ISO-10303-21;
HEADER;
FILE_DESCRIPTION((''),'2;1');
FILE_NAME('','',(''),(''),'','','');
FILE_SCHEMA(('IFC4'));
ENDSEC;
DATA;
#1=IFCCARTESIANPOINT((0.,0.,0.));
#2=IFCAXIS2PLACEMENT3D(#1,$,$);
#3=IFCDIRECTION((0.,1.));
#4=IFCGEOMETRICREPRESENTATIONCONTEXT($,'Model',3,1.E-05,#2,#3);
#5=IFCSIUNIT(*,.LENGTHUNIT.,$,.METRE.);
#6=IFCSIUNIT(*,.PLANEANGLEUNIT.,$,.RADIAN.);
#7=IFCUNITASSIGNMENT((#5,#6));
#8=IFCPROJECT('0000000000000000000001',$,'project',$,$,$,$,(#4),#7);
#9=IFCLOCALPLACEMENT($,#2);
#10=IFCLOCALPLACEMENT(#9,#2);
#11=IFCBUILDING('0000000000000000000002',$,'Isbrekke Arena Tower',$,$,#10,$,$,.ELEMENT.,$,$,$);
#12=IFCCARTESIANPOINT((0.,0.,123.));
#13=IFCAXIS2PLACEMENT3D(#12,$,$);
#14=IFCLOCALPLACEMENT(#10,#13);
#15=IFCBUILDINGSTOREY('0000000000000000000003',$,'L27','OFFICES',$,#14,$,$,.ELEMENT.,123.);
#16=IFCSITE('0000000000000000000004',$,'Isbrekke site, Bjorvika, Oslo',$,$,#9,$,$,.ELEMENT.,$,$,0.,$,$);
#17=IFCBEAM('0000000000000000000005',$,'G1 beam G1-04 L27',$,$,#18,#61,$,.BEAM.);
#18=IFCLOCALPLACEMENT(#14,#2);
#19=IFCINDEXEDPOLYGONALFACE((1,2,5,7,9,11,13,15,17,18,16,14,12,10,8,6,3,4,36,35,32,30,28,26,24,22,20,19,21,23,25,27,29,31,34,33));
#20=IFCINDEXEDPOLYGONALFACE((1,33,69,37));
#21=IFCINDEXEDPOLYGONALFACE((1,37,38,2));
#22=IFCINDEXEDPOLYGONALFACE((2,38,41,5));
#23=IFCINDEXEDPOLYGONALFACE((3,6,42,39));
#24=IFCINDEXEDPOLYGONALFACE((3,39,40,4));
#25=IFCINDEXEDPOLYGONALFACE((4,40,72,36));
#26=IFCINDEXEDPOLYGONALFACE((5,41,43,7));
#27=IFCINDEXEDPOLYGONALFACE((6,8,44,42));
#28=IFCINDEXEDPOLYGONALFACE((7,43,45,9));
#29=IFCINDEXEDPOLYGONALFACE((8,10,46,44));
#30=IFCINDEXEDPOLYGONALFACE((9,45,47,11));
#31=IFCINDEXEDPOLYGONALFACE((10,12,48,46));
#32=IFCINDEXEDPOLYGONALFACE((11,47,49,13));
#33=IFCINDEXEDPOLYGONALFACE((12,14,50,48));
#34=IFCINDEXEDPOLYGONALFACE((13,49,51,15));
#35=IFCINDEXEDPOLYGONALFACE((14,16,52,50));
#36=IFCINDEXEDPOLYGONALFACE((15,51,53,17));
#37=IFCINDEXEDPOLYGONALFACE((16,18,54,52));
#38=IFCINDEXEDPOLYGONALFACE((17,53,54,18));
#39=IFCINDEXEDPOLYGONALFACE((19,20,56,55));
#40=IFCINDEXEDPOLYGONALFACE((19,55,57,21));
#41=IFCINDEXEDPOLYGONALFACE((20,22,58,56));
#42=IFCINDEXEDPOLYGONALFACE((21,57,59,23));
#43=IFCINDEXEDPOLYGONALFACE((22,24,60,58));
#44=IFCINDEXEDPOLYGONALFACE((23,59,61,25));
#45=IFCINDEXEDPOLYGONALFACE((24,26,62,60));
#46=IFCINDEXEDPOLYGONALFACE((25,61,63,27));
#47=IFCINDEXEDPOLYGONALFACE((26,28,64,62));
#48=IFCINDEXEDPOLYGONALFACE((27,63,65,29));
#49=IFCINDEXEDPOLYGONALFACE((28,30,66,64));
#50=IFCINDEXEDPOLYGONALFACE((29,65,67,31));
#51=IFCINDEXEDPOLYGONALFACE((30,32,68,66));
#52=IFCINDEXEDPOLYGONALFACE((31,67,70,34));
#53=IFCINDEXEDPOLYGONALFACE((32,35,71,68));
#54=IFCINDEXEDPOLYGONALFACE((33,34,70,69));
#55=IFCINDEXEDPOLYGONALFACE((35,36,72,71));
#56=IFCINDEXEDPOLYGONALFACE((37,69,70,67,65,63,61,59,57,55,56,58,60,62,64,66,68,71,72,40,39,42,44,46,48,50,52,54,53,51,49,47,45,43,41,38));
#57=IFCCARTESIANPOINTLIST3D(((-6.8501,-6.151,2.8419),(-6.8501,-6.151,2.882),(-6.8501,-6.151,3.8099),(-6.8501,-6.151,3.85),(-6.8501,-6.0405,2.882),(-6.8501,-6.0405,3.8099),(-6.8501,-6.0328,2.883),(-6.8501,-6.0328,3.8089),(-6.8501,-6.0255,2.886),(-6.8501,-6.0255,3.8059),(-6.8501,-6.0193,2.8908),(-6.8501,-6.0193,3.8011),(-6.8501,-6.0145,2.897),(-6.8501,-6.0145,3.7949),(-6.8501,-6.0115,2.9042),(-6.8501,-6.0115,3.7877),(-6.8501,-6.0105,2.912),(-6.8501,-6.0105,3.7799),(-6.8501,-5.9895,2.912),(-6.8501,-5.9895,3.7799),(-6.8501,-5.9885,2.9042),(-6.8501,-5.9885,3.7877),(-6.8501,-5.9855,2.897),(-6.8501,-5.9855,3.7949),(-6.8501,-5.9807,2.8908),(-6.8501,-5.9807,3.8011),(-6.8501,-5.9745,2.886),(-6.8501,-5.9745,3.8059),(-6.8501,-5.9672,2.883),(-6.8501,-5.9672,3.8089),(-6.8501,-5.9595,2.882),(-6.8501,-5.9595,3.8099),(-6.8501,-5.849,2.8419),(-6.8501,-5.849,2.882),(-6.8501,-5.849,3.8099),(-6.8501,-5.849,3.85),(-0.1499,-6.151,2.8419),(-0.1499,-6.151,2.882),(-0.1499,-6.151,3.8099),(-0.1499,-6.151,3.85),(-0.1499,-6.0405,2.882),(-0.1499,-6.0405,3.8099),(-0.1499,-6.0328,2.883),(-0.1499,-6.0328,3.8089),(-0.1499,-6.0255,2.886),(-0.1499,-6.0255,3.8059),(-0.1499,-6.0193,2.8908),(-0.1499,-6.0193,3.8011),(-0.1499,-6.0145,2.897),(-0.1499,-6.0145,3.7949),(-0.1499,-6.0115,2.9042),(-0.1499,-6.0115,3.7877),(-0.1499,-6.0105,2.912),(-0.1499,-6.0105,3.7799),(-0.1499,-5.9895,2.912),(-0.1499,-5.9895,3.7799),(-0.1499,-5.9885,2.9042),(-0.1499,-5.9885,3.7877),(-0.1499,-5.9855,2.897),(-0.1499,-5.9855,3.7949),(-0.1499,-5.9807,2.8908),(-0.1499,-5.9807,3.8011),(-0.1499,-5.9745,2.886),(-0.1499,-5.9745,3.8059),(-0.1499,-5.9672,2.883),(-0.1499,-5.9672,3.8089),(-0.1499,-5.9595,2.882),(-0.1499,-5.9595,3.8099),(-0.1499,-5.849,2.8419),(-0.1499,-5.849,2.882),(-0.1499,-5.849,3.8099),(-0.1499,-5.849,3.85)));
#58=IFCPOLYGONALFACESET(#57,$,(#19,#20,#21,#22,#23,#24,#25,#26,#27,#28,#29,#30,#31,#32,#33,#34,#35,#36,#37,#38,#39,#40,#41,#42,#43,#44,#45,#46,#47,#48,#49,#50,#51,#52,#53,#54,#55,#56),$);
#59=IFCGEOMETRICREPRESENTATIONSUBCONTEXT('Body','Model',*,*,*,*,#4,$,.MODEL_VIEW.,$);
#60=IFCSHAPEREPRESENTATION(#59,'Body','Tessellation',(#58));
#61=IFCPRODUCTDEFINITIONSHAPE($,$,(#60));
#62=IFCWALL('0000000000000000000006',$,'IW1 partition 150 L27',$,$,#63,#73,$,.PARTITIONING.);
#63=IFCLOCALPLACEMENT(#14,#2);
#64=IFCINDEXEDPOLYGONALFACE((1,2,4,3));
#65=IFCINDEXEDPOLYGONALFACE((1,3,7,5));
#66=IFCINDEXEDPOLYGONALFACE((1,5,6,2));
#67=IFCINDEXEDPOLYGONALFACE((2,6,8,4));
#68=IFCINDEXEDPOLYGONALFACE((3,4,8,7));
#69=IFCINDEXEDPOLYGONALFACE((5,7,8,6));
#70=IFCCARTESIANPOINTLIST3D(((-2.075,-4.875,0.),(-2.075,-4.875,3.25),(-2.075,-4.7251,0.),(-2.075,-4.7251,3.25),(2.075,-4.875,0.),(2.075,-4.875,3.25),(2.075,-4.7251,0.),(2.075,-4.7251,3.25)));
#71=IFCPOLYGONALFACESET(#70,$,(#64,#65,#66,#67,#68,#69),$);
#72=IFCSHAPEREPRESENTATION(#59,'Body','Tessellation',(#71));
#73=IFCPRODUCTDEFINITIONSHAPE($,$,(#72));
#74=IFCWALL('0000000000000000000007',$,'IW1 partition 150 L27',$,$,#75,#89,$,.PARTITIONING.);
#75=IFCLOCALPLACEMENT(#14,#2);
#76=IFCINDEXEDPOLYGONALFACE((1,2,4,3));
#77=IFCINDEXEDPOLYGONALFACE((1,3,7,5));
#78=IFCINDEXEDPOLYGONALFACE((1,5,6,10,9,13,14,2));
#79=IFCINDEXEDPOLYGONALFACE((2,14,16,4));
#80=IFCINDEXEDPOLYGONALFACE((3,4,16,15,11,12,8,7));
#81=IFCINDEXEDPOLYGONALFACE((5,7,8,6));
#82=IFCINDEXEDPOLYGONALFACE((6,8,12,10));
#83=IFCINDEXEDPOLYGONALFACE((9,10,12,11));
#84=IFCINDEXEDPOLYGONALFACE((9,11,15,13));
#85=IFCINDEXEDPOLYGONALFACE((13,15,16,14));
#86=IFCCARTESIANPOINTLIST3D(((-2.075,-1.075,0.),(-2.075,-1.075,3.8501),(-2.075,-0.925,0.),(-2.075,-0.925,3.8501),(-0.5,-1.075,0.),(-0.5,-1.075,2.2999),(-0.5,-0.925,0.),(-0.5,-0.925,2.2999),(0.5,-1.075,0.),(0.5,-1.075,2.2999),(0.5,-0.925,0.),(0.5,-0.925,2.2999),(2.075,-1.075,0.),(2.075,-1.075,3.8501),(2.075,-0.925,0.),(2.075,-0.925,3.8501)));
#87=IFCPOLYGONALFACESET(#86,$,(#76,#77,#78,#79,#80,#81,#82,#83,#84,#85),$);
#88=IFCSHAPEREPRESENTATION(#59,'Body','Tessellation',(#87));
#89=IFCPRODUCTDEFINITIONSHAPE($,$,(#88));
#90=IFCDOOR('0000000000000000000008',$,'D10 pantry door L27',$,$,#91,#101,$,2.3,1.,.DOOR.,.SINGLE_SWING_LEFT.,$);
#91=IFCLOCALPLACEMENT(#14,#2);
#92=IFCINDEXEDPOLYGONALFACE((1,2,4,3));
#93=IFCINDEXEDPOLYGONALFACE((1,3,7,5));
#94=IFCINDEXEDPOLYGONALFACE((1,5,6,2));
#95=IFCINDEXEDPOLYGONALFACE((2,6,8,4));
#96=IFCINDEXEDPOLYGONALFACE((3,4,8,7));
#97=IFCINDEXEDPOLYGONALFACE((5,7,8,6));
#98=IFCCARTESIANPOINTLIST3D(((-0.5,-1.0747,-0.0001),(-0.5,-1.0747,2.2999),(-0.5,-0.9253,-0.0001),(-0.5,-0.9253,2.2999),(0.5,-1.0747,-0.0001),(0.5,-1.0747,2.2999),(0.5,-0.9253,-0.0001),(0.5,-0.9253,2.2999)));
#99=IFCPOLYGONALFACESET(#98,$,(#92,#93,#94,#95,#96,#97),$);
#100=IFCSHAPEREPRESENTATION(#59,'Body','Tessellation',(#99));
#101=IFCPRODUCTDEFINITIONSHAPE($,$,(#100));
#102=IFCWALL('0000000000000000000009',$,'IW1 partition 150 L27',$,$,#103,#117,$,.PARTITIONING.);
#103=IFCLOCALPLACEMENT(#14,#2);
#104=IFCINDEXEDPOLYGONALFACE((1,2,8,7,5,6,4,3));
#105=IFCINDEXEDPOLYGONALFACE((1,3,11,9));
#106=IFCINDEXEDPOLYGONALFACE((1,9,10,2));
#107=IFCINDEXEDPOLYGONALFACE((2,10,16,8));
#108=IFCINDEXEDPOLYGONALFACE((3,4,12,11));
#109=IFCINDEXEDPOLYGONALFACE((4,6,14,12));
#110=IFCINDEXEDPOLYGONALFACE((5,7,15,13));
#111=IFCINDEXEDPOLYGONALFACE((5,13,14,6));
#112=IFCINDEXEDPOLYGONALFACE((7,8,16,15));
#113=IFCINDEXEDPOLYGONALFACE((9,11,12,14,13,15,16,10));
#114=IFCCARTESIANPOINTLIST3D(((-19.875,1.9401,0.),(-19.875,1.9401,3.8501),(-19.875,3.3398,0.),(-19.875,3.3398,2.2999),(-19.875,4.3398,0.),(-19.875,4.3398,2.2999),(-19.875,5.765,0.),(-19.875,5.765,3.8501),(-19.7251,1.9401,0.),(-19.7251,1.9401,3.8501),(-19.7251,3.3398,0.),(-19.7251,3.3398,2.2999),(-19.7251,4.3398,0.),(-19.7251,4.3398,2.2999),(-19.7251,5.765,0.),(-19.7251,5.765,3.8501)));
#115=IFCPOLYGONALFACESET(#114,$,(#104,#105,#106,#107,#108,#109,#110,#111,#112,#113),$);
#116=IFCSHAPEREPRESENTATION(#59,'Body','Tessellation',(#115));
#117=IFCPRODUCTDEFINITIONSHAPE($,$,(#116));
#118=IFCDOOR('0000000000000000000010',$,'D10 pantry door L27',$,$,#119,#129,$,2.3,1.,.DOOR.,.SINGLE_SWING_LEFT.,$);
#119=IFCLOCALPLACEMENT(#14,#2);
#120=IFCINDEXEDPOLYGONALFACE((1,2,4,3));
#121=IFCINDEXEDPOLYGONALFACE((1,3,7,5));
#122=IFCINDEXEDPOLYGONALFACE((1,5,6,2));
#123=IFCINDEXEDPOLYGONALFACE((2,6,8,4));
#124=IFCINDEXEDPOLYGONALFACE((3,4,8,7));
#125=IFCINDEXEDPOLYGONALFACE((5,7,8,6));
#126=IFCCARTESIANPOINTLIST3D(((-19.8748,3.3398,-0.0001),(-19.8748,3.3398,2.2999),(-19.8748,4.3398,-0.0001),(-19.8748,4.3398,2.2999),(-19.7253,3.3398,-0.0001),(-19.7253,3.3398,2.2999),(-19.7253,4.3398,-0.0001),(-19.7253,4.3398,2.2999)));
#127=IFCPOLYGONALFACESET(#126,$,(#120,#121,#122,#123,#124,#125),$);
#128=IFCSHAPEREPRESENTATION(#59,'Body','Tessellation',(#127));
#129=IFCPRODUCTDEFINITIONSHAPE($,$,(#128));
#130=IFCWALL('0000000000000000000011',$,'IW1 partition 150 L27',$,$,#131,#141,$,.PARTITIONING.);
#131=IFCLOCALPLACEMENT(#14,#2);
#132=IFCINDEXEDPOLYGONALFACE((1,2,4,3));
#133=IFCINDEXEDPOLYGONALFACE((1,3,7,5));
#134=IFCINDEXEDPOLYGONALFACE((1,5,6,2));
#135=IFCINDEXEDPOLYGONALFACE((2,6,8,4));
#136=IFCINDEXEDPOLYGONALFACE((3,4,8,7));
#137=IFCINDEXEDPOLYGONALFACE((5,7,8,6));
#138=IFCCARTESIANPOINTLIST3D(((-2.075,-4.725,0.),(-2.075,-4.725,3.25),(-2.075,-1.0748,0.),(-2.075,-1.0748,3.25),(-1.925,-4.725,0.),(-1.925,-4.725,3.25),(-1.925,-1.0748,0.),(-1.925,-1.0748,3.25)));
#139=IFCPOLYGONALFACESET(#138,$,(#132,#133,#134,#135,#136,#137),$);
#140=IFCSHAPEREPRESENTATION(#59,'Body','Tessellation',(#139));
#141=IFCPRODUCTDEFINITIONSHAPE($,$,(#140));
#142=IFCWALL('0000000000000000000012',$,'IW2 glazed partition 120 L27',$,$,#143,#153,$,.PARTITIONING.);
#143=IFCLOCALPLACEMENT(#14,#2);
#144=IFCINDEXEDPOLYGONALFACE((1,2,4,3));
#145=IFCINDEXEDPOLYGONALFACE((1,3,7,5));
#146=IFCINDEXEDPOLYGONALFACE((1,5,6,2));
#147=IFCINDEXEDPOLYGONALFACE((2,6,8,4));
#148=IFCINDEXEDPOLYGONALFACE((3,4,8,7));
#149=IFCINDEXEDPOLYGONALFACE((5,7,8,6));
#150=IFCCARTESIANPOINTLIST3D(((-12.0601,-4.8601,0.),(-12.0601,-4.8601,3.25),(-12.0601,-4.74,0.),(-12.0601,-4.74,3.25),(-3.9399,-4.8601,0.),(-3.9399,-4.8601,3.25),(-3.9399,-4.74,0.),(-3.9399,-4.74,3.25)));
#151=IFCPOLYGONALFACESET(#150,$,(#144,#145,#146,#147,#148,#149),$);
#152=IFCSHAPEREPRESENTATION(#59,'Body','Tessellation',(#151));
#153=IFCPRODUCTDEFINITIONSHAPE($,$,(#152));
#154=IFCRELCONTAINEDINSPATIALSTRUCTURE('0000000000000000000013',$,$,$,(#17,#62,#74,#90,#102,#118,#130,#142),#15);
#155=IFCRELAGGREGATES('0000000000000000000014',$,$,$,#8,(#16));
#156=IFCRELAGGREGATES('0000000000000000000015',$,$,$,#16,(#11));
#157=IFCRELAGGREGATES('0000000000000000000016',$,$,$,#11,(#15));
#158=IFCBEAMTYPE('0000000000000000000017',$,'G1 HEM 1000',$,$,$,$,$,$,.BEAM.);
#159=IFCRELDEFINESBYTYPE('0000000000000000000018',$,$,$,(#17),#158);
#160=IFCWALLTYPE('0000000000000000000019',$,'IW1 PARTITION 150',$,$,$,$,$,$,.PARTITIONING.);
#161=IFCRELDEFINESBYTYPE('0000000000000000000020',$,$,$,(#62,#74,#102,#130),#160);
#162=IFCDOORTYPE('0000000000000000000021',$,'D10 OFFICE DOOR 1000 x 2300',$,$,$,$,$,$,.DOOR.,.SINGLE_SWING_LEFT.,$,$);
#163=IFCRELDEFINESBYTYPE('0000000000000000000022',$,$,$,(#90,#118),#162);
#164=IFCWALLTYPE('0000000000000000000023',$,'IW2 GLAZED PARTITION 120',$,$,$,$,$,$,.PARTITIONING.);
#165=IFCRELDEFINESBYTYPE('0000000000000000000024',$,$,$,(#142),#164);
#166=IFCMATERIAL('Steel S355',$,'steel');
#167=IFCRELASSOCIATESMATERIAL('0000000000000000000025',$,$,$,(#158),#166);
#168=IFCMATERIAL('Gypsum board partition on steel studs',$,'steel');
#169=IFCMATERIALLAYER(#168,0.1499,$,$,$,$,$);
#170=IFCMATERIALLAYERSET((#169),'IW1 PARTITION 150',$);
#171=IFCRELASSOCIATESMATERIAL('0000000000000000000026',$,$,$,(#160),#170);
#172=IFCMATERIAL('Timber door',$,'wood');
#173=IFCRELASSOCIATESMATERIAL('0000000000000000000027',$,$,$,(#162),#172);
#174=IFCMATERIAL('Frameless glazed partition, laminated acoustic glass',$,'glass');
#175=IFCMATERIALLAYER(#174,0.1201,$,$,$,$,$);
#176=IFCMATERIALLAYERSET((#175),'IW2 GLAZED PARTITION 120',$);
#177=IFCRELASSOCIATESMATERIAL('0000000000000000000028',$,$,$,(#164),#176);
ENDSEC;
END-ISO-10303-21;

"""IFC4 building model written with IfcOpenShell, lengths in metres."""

from ifc_helpers import new_model, si_unit, direction, frame, frame_2d, origin, origin_2d, place, context, subcontext, project, spatial, rectangle, i_section, extrude, material, layer, layer_set, material_profile, profile_set, type_object, element, fill, save


model = new_model("IFC4")

# Units and contexts
model_context = context("Model", 3, precision=1e-05, world=origin(), true_north=direction((0.0, 1.0)))
body_context = subcontext(model_context, "Body", "Model", "MODEL_VIEW")
ifc_project = project(units=[si_unit("LENGTHUNIT", "METRE"), si_unit("PLANEANGLEUNIT", "RADIAN")], contexts=[model_context])

# Site, building, storey
site_placement = place(None, origin())
site = spatial("IfcSite", under=ifc_project, at=site_placement, Name="Isbrekke site, Bjorvika, Oslo", CompositionType="ELEMENT", RefElevation=0.0)
building_placement = place(site_placement, origin())
building = spatial("IfcBuilding", under=site, at=building_placement, Name="Isbrekke Arena Tower", CompositionType="ELEMENT")
storey_placement = place(building_placement, frame((0.0, 0.0, 123.0)))
storey = spatial("IfcBuildingStorey", under=building, at=storey_placement, Name="L27", Description="OFFICES", CompositionType="ELEMENT", Elevation=123.0)

# Beam
ifc_material_1 = material(Name="Steel S355", Category="steel")
ifc_material_profile_1 = material_profile(ifc_material_1, i_section(OverallWidth=0.302, OverallDepth=1.0081, WebThickness=0.021, FlangeThickness=0.04, FilletRadius=0.03, at=origin_2d()), Name="HEM 1000")
ifc_profile_set_1 = profile_set([ifc_material_profile_1], Name="Steel S355")
beam_type_1 = type_object("IfcBeamType", Name="G1 HEM 1000", PredefinedType="BEAM", material=ifc_profile_set_1)
for number, where, z_axis, x_axis, name in (
    (1, (-6.8501, -6.0, 3.3459), (1.0, 0.0, 0.0), (0.0, 1.0, 0.0), "G1 beam G1-04 L27"),
):
    element("IfcBeam", number, at=place(storey_placement, frame(where, z_axis=z_axis, x_axis=x_axis)), inside=storey, type_object=beam_type_1, Name=name, PredefinedType="BEAM", context=body_context, shape_type="SweptSolid", body=[
        extrude(i_section(OverallWidth=0.302, OverallDepth=1.0081, WebThickness=0.021, FlangeThickness=0.04, FilletRadius=0.03, at=origin_2d()), origin(), (0.0, 0.0, 1.0), 6.7002),
    ])

# Wall
ifc_material_2 = material(Name="Gypsum board partition on steel studs", Category="steel")
ifc_layer_1 = layer(ifc_material_2, 0.1499)
ifc_layer_set_1 = layer_set([ifc_layer_1], Name="IW1 PARTITION 150")
wall_type_1 = type_object("IfcWallType", Name="IW1 PARTITION 150", PredefinedType="PARTITIONING", material=ifc_layer_set_1)
wall_1_placement = place(storey_placement, frame((-2.075, -4.8, 0.0), z_axis=(0.0, 0.0, 1.0), x_axis=(1.0, 0.0, 0.0)))
element("IfcWall", 2, at=wall_1_placement, inside=storey, type_object=wall_type_1, Name="IW1 partition 150 L27", PredefinedType="PARTITIONING", context=body_context, shape_type="SweptSolid", body=[
    extrude(rectangle(XDim=4.1499, YDim=0.1499, at=frame_2d((2.075, 0.0))), origin(), (0.0, 0.0, 1.0), 3.25),
])

# Walls, openings, doors
wall_2_placement = place(storey_placement, frame((-2.075, -1.0, 0.0), z_axis=(0.0, 0.0, 1.0), x_axis=(1.0, 0.0, 0.0)))
wall_2 = element("IfcWall", 3, at=wall_2_placement, inside=storey, type_object=wall_type_1, Name="IW1 partition 150 L27", PredefinedType="PARTITIONING", context=body_context, shape_type="SweptSolid", body=[
    extrude(rectangle(XDim=4.1499, YDim=0.1499, at=frame_2d((2.075, 0.0))), origin(), (0.0, 0.0, 1.0), 3.8501),
])
opening_1_placement = place(wall_2_placement, frame((1.575, 0.0, 0.0)))
opening_1 = element("IfcOpeningElement", 4, at=opening_1_placement, cuts=wall_2, PredefinedType="OPENING", context=body_context, shape_type="SweptSolid", body=[
    extrude(rectangle(XDim=1.0, YDim=2.3, at=frame_2d((0.5, 1.1499))), frame((0.0, 0.0898, 0.0), z_axis=(0.0, -1.0, 0.0), x_axis=(1.0, 0.0, 0.0)), (0.0, 0.0, 1.0), 0.1797),
])
ifc_material_3 = material(Name="Timber door", Category="wood")
door_type_1 = type_object("IfcDoorType", Name="D10 OFFICE DOOR 1000 x 2300", OperationType="SINGLE_SWING_LEFT", PredefinedType="DOOR", material=ifc_material_3)
door_1_placement = place(opening_1_placement, origin())
door_1 = element("IfcDoor", 5, at=door_1_placement, inside=storey, type_object=door_type_1, Name="D10 pantry door L27", OperationType="SINGLE_SWING_LEFT", OverallHeight=2.3, OverallWidth=1.0, PredefinedType="DOOR", context=body_context, shape_type="SweptSolid", body=[
    extrude(rectangle(XDim=1.0, YDim=2.3, at=frame_2d((0.5, 1.1499))), frame((0.0, 0.0747, 0.0), z_axis=(0.0, -1.0, 0.0), x_axis=(1.0, 0.0, 0.0)), (0.0, 0.0, 1.0), 0.1494),
])
fill(opening_1, door_1)
wall_3_placement = place(storey_placement, frame((-19.8, 1.9399, 0.0), z_axis=(0.0, 0.0, 1.0), x_axis=(0.0, 1.0, 0.0)))
wall_3 = element("IfcWall", 6, at=wall_3_placement, inside=storey, type_object=wall_type_1, Name="IW1 partition 150 L27", PredefinedType="PARTITIONING", context=body_context, shape_type="SweptSolid", body=[
    extrude(rectangle(XDim=3.825, YDim=0.1499, at=frame_2d((1.9126, 0.0))), origin(), (0.0, 0.0, 1.0), 3.8501),
])
opening_2_placement = place(wall_3_placement, frame((1.3999, 0.0, 0.0)))
opening_2 = element("IfcOpeningElement", 7, at=opening_2_placement, cuts=wall_3, PredefinedType="OPENING", context=body_context, shape_type="SweptSolid", body=[
    extrude(rectangle(XDim=1.0, YDim=2.3, at=frame_2d((0.5, 1.1499))), frame((0.0, 0.0898, 0.0), z_axis=(0.0, -1.0, 0.0), x_axis=(1.0, 0.0, 0.0)), (0.0, 0.0, 1.0), 0.1797),
])
door_2_placement = place(opening_2_placement, origin())
door_2 = element("IfcDoor", 8, at=door_2_placement, inside=storey, type_object=door_type_1, Name="D10 pantry door L27", OperationType="SINGLE_SWING_LEFT", OverallHeight=2.3, OverallWidth=1.0, PredefinedType="DOOR", context=body_context, shape_type="SweptSolid", body=[
    extrude(rectangle(XDim=1.0, YDim=2.3, at=frame_2d((0.5, 1.1499))), frame((0.0, 0.0747, 0.0), z_axis=(0.0, -1.0, 0.0), x_axis=(1.0, 0.0, 0.0)), (0.0, 0.0, 1.0), 0.1494),
])
fill(opening_2, door_2)

# Walls
wall_4_placement = place(storey_placement, frame((-2.0, -4.7251, 0.0), z_axis=(0.0, 0.0, 1.0), x_axis=(0.0, 1.0, 0.0)))
element("IfcWall", 9, at=wall_4_placement, inside=storey, type_object=wall_type_1, Name="IW1 partition 150 L27", PredefinedType="PARTITIONING", context=body_context, shape_type="SweptSolid", body=[
    extrude(rectangle(XDim=3.6501, YDim=0.1499, at=frame_2d((1.8252, 0.0))), origin(), (0.0, 0.0, 1.0), 3.25),
])
ifc_material_4 = material(Name="Frameless glazed partition, laminated acoustic glass", Category="glass")
ifc_layer_2 = layer(ifc_material_4, 0.1201)
ifc_layer_set_2 = layer_set([ifc_layer_2], Name="IW2 GLAZED PARTITION 120")
wall_type_2 = type_object("IfcWallType", Name="IW2 GLAZED PARTITION 120", PredefinedType="PARTITIONING", material=ifc_layer_set_2)
wall_5_placement = place(storey_placement, frame((-12.0601, -4.8, 0.0), z_axis=(0.0, 0.0, 1.0), x_axis=(1.0, 0.0, 0.0)))
element("IfcWall", 10, at=wall_5_placement, inside=storey, type_object=wall_type_2, Name="IW2 glazed partition 120 L27", PredefinedType="PARTITIONING", context=body_context, shape_type="SweptSolid", body=[
    extrude(rectangle(XDim=8.1201, YDim=0.1201, at=frame_2d((4.0601, 0.0))), origin(), (0.0, 0.0, 1.0), 3.25),
])

save(model, "model.ifc")
